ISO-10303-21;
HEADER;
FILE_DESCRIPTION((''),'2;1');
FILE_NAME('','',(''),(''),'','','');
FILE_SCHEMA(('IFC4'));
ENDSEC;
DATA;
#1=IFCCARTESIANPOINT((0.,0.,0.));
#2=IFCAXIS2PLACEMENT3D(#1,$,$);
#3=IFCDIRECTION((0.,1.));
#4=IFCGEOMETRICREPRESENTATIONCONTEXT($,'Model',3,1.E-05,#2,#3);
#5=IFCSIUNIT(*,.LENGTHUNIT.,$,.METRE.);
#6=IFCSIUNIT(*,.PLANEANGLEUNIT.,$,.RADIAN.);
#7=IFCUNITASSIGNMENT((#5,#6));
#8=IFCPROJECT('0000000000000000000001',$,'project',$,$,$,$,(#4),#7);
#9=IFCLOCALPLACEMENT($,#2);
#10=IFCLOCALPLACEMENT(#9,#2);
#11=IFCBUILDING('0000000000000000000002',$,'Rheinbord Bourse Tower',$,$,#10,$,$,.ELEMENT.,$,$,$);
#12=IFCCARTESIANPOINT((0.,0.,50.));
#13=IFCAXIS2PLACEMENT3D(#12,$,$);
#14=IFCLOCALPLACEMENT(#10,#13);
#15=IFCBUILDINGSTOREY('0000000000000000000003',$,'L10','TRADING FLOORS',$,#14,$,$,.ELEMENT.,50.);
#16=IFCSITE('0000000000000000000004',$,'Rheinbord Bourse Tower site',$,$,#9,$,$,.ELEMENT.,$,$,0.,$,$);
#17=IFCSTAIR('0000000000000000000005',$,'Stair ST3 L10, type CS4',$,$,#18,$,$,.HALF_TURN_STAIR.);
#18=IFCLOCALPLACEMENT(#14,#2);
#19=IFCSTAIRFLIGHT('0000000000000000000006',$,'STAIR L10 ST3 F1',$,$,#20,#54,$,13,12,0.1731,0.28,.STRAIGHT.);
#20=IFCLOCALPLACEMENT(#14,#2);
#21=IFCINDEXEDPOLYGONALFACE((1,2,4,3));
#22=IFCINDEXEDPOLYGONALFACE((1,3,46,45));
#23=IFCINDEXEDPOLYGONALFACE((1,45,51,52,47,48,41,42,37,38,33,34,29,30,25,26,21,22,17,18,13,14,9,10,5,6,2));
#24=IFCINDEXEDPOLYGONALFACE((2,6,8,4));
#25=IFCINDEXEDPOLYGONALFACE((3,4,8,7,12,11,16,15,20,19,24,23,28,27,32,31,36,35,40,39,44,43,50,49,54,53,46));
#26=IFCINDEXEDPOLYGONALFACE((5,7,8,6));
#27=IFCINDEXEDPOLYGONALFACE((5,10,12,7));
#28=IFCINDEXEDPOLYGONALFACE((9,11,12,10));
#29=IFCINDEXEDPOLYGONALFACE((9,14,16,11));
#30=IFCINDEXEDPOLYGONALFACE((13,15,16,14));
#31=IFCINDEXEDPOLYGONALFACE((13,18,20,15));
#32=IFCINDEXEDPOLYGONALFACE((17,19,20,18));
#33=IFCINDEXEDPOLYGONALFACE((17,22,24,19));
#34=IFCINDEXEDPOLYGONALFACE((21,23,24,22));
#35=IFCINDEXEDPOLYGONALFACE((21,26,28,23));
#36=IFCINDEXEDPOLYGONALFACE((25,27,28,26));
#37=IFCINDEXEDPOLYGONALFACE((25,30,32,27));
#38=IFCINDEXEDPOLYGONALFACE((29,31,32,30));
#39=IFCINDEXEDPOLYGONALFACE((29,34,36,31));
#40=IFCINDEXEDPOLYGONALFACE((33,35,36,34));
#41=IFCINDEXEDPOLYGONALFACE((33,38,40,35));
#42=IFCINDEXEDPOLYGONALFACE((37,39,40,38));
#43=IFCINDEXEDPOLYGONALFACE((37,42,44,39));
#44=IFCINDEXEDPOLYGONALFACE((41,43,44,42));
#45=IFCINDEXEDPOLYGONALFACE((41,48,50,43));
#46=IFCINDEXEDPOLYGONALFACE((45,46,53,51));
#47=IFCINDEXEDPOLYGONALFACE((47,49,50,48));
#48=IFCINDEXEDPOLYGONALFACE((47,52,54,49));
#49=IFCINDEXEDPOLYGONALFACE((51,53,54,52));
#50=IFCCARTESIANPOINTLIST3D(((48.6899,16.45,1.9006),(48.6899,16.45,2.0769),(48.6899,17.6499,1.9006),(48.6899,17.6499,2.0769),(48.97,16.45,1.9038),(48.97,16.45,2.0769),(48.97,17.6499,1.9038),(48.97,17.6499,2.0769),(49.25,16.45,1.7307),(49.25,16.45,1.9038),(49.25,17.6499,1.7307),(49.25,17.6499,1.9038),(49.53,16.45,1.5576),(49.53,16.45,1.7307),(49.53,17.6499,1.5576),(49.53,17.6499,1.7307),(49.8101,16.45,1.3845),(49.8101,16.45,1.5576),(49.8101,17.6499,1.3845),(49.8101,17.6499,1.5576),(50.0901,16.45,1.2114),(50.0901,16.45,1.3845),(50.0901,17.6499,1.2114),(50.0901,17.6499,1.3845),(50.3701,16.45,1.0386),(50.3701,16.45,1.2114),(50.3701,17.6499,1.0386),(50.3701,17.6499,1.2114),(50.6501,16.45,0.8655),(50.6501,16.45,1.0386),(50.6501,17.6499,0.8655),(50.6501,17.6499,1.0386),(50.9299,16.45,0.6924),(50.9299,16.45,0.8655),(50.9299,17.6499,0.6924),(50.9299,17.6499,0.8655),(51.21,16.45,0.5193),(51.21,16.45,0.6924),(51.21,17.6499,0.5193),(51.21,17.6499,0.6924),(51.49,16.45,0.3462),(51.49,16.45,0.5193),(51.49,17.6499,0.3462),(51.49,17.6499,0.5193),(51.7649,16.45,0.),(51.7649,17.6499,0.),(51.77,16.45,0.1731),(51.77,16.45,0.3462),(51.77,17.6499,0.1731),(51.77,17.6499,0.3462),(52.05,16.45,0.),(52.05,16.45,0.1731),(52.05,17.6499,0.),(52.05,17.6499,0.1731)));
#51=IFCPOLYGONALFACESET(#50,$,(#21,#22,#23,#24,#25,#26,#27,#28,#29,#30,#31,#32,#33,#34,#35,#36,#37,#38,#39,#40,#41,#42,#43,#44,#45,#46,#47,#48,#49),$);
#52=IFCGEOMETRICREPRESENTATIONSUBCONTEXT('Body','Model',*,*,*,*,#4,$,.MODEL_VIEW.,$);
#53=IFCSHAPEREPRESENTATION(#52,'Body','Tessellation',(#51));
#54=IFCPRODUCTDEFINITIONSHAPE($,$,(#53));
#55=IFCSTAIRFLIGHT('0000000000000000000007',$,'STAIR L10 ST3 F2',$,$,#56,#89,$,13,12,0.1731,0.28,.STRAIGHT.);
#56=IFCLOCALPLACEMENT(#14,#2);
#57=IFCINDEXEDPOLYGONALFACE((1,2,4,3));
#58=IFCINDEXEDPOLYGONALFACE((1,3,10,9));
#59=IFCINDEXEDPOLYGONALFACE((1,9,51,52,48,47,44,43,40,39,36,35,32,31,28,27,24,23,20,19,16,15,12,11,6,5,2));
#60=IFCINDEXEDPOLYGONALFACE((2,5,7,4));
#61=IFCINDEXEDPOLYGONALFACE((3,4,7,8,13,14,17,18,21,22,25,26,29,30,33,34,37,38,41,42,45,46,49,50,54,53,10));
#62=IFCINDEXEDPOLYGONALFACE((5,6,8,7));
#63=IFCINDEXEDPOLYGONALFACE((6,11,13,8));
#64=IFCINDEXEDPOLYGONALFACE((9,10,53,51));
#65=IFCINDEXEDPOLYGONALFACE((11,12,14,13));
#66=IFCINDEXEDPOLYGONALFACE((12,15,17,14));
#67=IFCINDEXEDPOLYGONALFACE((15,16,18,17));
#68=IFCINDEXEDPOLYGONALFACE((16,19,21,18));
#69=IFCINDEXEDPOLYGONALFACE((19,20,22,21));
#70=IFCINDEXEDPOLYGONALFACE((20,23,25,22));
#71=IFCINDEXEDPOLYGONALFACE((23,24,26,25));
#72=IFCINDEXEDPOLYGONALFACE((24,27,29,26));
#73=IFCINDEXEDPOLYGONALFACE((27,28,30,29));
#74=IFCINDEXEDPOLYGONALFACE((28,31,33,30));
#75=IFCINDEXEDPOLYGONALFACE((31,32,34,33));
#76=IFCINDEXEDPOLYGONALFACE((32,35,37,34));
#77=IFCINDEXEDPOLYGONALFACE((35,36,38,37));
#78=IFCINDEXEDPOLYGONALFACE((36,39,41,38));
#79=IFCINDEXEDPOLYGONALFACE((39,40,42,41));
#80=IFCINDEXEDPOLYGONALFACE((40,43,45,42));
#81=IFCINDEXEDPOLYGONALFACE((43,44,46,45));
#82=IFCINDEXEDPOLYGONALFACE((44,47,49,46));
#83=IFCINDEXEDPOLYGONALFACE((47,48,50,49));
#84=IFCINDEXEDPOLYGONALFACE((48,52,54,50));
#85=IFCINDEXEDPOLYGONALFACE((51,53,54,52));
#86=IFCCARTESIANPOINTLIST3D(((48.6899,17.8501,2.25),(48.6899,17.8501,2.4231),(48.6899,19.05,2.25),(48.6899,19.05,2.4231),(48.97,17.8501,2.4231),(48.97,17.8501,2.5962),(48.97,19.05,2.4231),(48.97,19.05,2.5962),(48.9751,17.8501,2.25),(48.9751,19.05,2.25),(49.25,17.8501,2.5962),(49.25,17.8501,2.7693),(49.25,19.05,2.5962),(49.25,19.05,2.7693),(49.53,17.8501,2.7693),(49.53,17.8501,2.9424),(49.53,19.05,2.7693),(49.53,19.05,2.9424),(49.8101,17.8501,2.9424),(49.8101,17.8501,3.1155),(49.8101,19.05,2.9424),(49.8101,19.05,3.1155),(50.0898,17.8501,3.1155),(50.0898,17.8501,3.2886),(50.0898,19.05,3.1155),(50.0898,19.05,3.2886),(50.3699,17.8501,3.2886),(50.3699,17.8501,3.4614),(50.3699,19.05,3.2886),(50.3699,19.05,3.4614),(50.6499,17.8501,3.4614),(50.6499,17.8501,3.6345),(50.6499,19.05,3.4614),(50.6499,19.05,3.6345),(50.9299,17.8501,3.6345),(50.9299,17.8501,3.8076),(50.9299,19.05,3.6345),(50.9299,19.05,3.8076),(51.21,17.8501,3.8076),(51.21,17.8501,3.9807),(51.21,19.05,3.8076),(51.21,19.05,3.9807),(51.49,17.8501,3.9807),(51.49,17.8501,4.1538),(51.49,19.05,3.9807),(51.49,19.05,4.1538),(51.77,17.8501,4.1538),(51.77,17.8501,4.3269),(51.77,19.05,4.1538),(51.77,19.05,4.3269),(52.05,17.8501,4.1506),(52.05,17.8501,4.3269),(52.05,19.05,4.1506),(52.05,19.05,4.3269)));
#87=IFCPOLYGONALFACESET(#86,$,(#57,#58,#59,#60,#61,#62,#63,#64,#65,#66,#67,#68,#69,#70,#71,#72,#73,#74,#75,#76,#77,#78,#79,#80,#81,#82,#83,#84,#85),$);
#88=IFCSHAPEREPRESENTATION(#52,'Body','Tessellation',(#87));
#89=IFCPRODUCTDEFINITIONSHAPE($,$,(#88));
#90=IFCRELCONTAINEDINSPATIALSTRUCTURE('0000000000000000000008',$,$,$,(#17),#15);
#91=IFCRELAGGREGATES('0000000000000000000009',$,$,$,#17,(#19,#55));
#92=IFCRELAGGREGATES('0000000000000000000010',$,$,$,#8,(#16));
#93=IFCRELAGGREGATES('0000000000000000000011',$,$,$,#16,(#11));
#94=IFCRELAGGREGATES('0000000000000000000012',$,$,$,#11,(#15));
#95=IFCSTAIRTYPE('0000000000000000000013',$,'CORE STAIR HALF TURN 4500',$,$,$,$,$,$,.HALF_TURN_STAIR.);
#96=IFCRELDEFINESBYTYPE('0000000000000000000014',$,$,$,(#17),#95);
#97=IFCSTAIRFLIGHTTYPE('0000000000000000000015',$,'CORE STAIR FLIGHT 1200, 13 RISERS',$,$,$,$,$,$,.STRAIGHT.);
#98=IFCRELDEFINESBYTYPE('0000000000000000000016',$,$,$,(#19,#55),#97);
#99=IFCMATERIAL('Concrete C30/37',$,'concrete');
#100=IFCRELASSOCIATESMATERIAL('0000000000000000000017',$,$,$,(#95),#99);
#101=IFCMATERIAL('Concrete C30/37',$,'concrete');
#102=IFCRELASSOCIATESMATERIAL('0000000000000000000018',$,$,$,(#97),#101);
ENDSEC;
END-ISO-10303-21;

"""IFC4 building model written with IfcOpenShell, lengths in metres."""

from ifc_helpers import new_model, si_unit, direction, frame, origin, place, context, subcontext, project, spatial, polyline, outline, extrude, material, type_object, element, aggregate, save


model = new_model("IFC4")

# Units and contexts
model_context = context("Model", 3, precision=1e-05, world=origin(), true_north=direction((0.0, 1.0)))
body_context = subcontext(model_context, "Body", "Model", "MODEL_VIEW")
ifc_project = project(units=[si_unit("LENGTHUNIT", "METRE"), si_unit("PLANEANGLEUNIT", "RADIAN")], contexts=[model_context])

# Site, building, storey
site_placement = place(None, origin())
site = spatial("IfcSite", under=ifc_project, at=site_placement, Name="Rheinbord Bourse Tower site", CompositionType="ELEMENT", RefElevation=0.0)
building_placement = place(site_placement, origin())
building = spatial("IfcBuilding", under=site, at=building_placement, Name="Rheinbord Bourse Tower", CompositionType="ELEMENT")
storey_placement = place(building_placement, frame((0.0, 0.0, 50.0)))
storey = spatial("IfcBuildingStorey", under=building, at=storey_placement, Name="L10", Description="TRADING FLOORS", CompositionType="ELEMENT", Elevation=50.0)

# Stair, stair flights
ifc_material_1 = material(Name="Concrete C30/37", Category="concrete")
stair_type = type_object("IfcStairType", Name="CORE STAIR HALF TURN 4500", PredefinedType="HALF_TURN_STAIR", material=ifc_material_1)
stair_placement = place(storey_placement, origin())
stair = element("IfcStair", 1, at=stair_placement, inside=storey, type_object=stair_type, Name="Stair ST3 L10, type CS4", PredefinedType="HALF_TURN_STAIR")
ifc_material_2 = material(Name="Concrete C30/37", Category="concrete")
stair_flight_type = type_object("IfcStairFlightType", Name="CORE STAIR FLIGHT 1200, 13 RISERS", PredefinedType="STRAIGHT", material=ifc_material_2)
stair_flight_1_placement = place(storey_placement, frame((52.05, 17.05, 0.0), z_axis=(0.0, 0.0, 1.0), x_axis=(-1.0, 0.0, 0.0)))
stair_flight_1 = element("IfcStairFlight", 2, at=stair_flight_1_placement, type_object=stair_flight_type, Name="STAIR L10 ST3 F1", NumberOfRisers=13, NumberOfTreads=12, PredefinedType="STRAIGHT", RiserHeight=0.1731, TreadLength=0.28, context=body_context, shape_type="SweptSolid", body=[
    extrude(outline(polyline([(0.0, 0.0), (0.0, 0.1731), (0.28, 0.1731), (0.28, 0.3462), (0.5601, 0.3462), (0.5601, 0.5193), (0.8401, 0.5193), (0.8401, 0.6924), (1.1201, 0.6924), (1.1201, 0.8655), (1.3999, 0.8655), (1.3999, 1.0386), (1.6799, 1.0386), (1.6799, 1.2114), (1.96, 1.2114), (1.96, 1.3845), (2.24, 1.3845), (2.24, 1.5576), (2.52, 1.5576), (2.52, 1.7307), (2.8, 1.7307), (2.8, 1.9038), (3.0801, 1.9038), (3.0801, 2.0769), (3.3601, 2.0769), (3.3601, 2.25), (3.3601, 1.9006), (0.2852, 0.0), (0.0, 0.0)])), frame((0.0, 0.6001, 0.0), z_axis=(0.0, -1.0, 0.0), x_axis=(1.0, 0.0, 0.0)), (0.0, 0.0, 1.0), 1.2),
])
stair_flight_2_placement = place(storey_placement, frame((48.6899, 18.45, 2.25), z_axis=(0.0, 0.0, 1.0), x_axis=(1.0, 0.0, 0.0)))
stair_flight_2 = element("IfcStairFlight", 3, at=stair_flight_2_placement, type_object=stair_flight_type, Name="STAIR L10 ST3 F2", NumberOfRisers=13, NumberOfTreads=12, PredefinedType="STRAIGHT", RiserHeight=0.1731, TreadLength=0.28, context=body_context, shape_type="SweptSolid", body=[
    extrude(outline(polyline([(0.0, 0.0), (0.0, 0.1731), (0.28, 0.1731), (0.28, 0.3462), (0.5601, 0.3462), (0.5601, 0.5193), (0.8401, 0.5193), (0.8401, 0.6924), (1.1201, 0.6924), (1.1201, 0.8655), (1.3999, 0.8655), (1.3999, 1.0386), (1.6799, 1.0386), (1.6799, 1.2114), (1.96, 1.2114), (1.96, 1.3845), (2.24, 1.3845), (2.24, 1.5576), (2.52, 1.5576), (2.52, 1.7307), (2.8, 1.7307), (2.8, 1.9038), (3.0801, 1.9038), (3.0801, 2.0769), (3.3601, 2.0769), (3.3601, 2.25), (3.3601, 1.9006), (0.2852, 0.0), (0.0, 0.0)])), frame((0.0, 0.6001, 0.0), z_axis=(0.0, -1.0, 0.0), x_axis=(1.0, 0.0, 0.0)), (0.0, 0.0, 1.0), 1.2),
])
aggregate(stair, [stair_flight_1, stair_flight_2])

save(model, "model.ifc")
